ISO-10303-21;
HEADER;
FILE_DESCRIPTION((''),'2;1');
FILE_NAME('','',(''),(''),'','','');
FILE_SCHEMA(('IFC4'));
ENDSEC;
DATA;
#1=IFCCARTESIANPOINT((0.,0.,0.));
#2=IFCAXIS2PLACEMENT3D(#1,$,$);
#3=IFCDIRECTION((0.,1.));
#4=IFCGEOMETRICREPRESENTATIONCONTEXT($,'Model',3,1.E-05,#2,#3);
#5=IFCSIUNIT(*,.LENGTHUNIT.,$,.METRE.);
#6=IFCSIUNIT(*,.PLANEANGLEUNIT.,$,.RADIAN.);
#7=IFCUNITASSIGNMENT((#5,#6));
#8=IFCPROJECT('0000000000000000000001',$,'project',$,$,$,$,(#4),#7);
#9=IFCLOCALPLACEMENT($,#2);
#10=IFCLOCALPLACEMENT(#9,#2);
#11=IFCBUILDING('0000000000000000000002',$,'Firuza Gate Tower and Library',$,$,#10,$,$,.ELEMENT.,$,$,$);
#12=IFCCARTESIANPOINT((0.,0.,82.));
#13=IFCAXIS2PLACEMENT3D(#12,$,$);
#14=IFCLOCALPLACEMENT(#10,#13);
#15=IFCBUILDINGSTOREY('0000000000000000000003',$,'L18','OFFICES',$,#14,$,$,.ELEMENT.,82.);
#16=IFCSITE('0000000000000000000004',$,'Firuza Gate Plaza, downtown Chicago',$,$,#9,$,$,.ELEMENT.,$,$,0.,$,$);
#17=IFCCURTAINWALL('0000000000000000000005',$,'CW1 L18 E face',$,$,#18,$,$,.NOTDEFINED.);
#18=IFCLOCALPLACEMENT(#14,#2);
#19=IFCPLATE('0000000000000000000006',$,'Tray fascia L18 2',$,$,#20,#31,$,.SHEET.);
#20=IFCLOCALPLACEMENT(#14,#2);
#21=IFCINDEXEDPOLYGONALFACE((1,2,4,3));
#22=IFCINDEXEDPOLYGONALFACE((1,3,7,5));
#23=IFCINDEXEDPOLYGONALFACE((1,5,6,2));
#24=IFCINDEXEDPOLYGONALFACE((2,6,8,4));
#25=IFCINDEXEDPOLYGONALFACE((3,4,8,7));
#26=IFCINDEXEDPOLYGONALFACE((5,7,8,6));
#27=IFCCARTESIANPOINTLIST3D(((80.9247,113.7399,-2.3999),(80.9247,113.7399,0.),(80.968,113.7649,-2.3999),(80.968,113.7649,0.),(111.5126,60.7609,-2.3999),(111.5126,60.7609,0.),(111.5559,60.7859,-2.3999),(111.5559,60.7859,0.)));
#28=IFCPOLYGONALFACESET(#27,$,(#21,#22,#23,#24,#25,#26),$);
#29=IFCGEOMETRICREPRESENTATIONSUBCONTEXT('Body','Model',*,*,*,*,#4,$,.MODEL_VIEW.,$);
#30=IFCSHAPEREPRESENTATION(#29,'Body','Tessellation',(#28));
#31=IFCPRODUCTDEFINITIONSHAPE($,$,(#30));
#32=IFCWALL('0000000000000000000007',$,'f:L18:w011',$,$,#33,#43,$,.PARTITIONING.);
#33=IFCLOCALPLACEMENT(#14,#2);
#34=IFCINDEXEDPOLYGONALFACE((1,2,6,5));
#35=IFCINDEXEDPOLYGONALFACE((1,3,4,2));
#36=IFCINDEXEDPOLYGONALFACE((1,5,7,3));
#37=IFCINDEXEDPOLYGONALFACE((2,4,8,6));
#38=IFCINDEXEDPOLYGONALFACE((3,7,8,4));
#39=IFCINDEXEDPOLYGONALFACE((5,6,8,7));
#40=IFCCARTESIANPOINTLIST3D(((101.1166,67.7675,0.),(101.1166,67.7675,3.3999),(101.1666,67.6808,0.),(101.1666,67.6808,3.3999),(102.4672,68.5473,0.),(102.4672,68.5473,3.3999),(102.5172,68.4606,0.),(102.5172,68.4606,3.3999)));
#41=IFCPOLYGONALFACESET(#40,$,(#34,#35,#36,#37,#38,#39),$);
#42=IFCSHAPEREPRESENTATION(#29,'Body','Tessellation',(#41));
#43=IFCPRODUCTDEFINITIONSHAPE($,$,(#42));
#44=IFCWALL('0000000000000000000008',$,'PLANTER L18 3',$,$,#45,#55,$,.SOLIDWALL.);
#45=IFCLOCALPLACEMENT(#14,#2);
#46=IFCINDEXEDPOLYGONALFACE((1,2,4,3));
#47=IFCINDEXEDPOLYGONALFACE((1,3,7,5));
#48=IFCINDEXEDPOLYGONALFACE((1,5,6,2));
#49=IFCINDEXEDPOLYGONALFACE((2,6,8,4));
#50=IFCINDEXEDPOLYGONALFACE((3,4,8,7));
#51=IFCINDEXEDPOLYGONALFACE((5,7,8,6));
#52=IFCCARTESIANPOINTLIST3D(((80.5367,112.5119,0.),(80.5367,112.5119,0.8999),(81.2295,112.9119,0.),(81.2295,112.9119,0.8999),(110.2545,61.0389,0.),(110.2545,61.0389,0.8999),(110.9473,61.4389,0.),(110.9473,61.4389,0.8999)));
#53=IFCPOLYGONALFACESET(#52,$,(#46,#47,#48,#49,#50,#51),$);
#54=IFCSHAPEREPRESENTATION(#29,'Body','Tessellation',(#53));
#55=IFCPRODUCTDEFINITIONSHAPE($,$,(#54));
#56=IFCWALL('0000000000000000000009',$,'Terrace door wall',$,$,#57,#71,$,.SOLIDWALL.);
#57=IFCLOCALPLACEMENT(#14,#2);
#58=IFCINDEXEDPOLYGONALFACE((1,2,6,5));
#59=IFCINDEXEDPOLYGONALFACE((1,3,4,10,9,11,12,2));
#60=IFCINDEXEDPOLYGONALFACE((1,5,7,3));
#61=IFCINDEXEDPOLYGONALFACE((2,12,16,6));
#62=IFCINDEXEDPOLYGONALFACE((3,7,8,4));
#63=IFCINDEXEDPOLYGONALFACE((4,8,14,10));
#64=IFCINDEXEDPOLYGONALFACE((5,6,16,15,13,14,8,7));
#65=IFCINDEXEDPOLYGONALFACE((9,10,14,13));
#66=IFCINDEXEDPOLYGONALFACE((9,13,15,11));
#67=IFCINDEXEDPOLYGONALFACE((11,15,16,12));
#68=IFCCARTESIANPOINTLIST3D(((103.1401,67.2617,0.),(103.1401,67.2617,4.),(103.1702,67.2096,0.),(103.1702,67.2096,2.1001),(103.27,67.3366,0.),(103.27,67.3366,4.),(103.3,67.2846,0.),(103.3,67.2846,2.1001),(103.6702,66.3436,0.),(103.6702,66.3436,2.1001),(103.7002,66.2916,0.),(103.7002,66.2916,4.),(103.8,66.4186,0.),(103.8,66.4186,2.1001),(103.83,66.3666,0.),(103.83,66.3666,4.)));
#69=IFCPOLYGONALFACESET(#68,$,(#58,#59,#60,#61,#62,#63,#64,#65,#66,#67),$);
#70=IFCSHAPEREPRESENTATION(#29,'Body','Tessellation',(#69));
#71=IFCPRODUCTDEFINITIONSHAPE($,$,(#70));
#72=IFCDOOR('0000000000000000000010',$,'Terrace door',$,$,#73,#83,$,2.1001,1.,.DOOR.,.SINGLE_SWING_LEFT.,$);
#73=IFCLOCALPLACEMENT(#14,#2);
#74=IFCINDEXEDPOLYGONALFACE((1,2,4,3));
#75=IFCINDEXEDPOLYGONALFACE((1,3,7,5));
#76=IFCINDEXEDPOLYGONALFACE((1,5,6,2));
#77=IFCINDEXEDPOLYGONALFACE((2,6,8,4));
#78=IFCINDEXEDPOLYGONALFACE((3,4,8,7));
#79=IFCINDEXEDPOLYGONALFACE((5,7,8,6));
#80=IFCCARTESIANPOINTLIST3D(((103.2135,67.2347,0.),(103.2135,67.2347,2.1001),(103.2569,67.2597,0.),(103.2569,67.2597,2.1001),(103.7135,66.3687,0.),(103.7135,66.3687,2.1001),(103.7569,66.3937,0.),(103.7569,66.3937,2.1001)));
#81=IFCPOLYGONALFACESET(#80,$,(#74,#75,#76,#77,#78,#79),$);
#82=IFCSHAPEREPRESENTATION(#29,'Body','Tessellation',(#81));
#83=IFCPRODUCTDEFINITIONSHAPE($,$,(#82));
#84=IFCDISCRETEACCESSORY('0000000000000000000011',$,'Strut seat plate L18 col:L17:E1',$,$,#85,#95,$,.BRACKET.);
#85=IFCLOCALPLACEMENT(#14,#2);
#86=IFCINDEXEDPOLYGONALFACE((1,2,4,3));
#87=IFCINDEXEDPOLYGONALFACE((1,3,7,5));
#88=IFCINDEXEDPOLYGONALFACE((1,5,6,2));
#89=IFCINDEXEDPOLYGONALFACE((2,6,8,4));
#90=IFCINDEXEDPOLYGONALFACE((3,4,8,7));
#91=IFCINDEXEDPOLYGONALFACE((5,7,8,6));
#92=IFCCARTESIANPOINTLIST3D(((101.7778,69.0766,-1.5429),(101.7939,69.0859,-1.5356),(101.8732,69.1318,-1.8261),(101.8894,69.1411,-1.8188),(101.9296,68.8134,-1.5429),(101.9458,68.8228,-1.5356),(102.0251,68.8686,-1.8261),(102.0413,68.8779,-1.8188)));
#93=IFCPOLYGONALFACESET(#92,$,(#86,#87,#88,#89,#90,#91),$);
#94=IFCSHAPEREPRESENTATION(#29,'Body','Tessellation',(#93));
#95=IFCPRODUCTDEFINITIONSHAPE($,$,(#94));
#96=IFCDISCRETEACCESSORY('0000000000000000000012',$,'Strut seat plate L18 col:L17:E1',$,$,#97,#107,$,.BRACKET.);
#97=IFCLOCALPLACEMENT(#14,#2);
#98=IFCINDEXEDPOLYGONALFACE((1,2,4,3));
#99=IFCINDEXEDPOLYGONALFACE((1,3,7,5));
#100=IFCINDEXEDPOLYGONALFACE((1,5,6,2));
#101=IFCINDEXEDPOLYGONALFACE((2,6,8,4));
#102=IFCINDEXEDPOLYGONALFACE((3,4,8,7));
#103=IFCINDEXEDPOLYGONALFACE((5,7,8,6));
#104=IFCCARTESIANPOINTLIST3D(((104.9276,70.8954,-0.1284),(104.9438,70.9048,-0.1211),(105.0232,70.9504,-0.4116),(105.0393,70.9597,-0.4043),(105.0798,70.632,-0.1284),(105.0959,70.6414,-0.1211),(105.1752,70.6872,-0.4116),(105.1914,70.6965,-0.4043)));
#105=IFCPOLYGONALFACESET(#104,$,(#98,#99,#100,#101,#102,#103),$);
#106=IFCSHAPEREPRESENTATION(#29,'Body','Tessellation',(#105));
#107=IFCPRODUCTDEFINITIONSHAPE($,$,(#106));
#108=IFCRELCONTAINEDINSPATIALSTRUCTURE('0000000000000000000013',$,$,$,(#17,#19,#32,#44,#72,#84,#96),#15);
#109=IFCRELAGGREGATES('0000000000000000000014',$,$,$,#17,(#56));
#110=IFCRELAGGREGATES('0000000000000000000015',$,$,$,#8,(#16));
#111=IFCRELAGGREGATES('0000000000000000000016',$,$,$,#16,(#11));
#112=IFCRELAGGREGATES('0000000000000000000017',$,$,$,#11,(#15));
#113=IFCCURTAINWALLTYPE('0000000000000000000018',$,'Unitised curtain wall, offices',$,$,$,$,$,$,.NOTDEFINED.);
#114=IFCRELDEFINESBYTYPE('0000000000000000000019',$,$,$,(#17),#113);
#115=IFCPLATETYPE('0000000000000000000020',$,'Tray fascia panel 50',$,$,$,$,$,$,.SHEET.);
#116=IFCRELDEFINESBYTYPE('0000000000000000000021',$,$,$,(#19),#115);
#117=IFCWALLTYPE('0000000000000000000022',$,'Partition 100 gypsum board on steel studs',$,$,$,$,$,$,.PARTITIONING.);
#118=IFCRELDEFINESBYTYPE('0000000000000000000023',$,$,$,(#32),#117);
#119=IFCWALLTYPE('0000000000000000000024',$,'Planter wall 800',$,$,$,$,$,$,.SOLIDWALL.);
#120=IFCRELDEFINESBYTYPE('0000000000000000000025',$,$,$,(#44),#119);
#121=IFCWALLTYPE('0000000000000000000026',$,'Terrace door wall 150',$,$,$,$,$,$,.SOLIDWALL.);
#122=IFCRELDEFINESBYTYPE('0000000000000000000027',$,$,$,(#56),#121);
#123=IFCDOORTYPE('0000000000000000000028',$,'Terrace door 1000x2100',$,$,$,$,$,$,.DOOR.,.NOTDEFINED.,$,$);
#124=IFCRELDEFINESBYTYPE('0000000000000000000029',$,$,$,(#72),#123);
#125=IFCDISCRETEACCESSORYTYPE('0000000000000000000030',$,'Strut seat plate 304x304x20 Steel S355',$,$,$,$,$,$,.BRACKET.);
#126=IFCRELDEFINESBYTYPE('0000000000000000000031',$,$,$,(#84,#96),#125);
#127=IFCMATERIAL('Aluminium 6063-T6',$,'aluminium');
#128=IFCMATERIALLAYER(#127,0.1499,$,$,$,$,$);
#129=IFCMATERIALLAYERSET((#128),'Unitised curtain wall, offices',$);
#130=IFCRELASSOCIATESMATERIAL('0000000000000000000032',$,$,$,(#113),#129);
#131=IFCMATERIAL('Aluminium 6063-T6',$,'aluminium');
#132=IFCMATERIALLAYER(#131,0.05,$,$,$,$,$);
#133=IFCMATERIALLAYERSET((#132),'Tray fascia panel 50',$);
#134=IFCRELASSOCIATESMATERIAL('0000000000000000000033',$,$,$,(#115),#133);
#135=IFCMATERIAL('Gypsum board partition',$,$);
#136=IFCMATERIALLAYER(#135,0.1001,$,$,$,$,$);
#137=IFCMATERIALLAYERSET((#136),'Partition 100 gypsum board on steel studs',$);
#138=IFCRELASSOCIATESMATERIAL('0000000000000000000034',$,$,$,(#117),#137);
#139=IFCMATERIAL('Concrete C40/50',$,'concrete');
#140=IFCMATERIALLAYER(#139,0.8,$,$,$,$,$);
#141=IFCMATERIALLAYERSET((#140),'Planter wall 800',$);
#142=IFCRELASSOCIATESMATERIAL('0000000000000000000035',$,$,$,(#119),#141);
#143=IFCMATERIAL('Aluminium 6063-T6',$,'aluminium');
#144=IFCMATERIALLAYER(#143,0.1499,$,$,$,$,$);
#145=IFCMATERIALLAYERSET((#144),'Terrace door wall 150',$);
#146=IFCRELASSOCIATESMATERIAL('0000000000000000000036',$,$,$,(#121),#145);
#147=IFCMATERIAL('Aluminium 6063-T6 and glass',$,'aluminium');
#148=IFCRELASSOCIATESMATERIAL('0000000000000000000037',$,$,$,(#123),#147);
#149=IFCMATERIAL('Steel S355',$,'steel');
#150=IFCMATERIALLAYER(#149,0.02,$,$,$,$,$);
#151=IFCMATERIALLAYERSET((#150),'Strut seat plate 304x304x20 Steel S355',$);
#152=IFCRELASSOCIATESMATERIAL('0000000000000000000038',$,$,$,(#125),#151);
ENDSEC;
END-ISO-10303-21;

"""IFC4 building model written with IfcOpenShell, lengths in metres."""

from ifc_helpers import new_model, si_unit, direction, frame, frame_2d, origin, place, context, subcontext, project, spatial, polyline, rectangle, outline, extrude, material, layer, layer_set, type_object, element, fill, aggregate, save


model = new_model("IFC4")

# Units and contexts
model_context = context("Model", 3, precision=1e-05, world=origin(), true_north=direction((0.0, 1.0)))
body_context = subcontext(model_context, "Body", "Model", "MODEL_VIEW")
ifc_project = project(units=[si_unit("LENGTHUNIT", "METRE"), si_unit("PLANEANGLEUNIT", "RADIAN")], contexts=[model_context])

# Site, building, storey
site_placement = place(None, origin())
site = spatial("IfcSite", under=ifc_project, at=site_placement, Name="Firuza Gate Plaza, downtown Chicago", CompositionType="ELEMENT", RefElevation=0.0)
building_placement = place(site_placement, origin())
building = spatial("IfcBuilding", under=site, at=building_placement, Name="Firuza Gate Tower and Library", CompositionType="ELEMENT")
storey_placement = place(building_placement, frame((0.0, 0.0, 82.0)))
storey = spatial("IfcBuildingStorey", under=building, at=storey_placement, Name="L18", Description="OFFICES", CompositionType="ELEMENT", Elevation=82.0)

# Curtain wall
ifc_material_1 = material(Name="Aluminium 6063-T6", Category="aluminium")
ifc_layer_1 = layer(ifc_material_1, 0.1499)
ifc_layer_set_1 = layer_set([ifc_layer_1], Name="Unitised curtain wall, offices")
curtain_wall_type = type_object("IfcCurtainWallType", Name="Unitised curtain wall, offices", PredefinedType="NOTDEFINED", material=ifc_layer_set_1)
curtain_wall_placement = place(storey_placement, origin())
curtain_wall = element("IfcCurtainWall", 1, at=curtain_wall_placement, inside=storey, type_object=curtain_wall_type, Name="CW1 L18 E face", PredefinedType="NOTDEFINED")

# Plate
ifc_material_2 = material(Name="Aluminium 6063-T6", Category="aluminium")
ifc_layer_2 = layer(ifc_material_2, 0.05)
ifc_layer_set_2 = layer_set([ifc_layer_2], Name="Tray fascia panel 50")
plate_type_1 = type_object("IfcPlateType", Name="Tray fascia panel 50", PredefinedType="SHEET", material=ifc_layer_set_2)
plate_1_placement = place(storey_placement, frame((111.5559, 60.7859, -2.3999), z_axis=(0.866022, 0.500005, 0.0), x_axis=(-0.500005, 0.866022, 0.0)))
element("IfcPlate", 2, at=plate_1_placement, inside=storey, type_object=plate_type_1, Name="Tray fascia L18 2", PredefinedType="SHEET", context=body_context, shape_type="SweptSolid", body=[
    extrude(outline(polyline([(0.0, 0.0), (61.1751, 0.0), (61.1751, 2.3999), (0.0, 2.3999), (0.0, 0.0)])), origin(), (0.0, 0.0, -1.0), 0.05),
])

# Walls
ifc_material_3 = material(Name="Gypsum board partition")
ifc_layer_3 = layer(ifc_material_3, 0.1001)
ifc_layer_set_3 = layer_set([ifc_layer_3], Name="Partition 100 gypsum board on steel studs")
wall_type_1 = type_object("IfcWallType", Name="Partition 100 gypsum board on steel studs", PredefinedType="PARTITIONING", material=ifc_layer_set_3)
wall_1_placement = place(storey_placement, frame((101.1416, 67.7241, 0.0), z_axis=(0.0, 0.0, 1.0), x_axis=(0.866019, 0.500012, 0.0)))
element("IfcWall", 3, at=wall_1_placement, inside=storey, type_object=wall_type_1, Name="f:L18:w011", PredefinedType="PARTITIONING", context=body_context, shape_type="SweptSolid", body=[
    extrude(rectangle(XDim=1.5596, YDim=0.1001, at=frame_2d((0.7798, 0.0))), origin(), (0.0, 0.0, 1.0), 3.3999),
])
ifc_material_4 = material(Name="Concrete C40/50", Category="concrete")
ifc_layer_4 = layer(ifc_material_4, 0.8)
ifc_layer_set_4 = layer_set([ifc_layer_4], Name="Planter wall 800")
wall_type_2 = type_object("IfcWallType", Name="Planter wall 800", PredefinedType="SOLIDWALL", material=ifc_layer_set_4)
wall_2_placement = place(storey_placement, frame((110.6008, 61.239, 0.0), z_axis=(0.0, 0.0, 1.0), x_axis=(-0.499998, 0.866026, 0.0)))
element("IfcWall", 4, at=wall_2_placement, inside=storey, type_object=wall_type_2, Name="PLANTER L18 3", PredefinedType="SOLIDWALL", context=body_context, shape_type="SweptSolid", body=[
    extrude(rectangle(XDim=59.4358, YDim=0.8, at=frame_2d((29.7178, 0.0))), origin(), (0.0, 0.0, 1.0), 0.8999),
])

# Wall, opening, door
ifc_material_5 = material(Name="Aluminium 6063-T6", Category="aluminium")
ifc_layer_5 = layer(ifc_material_5, 0.1499)
ifc_layer_set_5 = layer_set([ifc_layer_5], Name="Terrace door wall 150")
wall_type_3 = type_object("IfcWallType", Name="Terrace door wall 150", PredefinedType="SOLIDWALL", material=ifc_layer_set_5)
wall_3_placement = place(storey_placement, frame((103.7651, 66.3291, 0.0), z_axis=(0.0, 0.0, 1.0), x_axis=(-0.500031, 0.866008, 0.0)))
wall_3 = element("IfcWall", 5, at=wall_3_placement, type_object=wall_type_3, Name="Terrace door wall", PredefinedType="SOLIDWALL", context=body_context, shape_type="SweptSolid", body=[
    extrude(rectangle(XDim=1.1201, YDim=0.1499, at=frame_2d((0.5601, 0.0))), origin(), (0.0, 0.0, 1.0), 4.0),
])
opening_placement = place(wall_3_placement, frame((0.0601, 0.0, 0.0)))
opening = element("IfcOpeningElement", 6, at=opening_placement, cuts=wall_3, PredefinedType="OPENING", context=body_context, shape_type="SweptSolid", body=[
    extrude(rectangle(XDim=1.0, YDim=2.1001, at=frame_2d((0.5, 1.05))), frame((0.0, 0.085, 0.0), z_axis=(0.0, -1.0, 0.0), x_axis=(1.0, 0.0, 0.0)), (0.0, 0.0, 1.0), 0.1699),
])
ifc_material_6 = material(Name="Aluminium 6063-T6 and glass", Category="aluminium")
door_type = type_object("IfcDoorType", Name="Terrace door 1000x2100", OperationType="NOTDEFINED", PredefinedType="DOOR", material=ifc_material_6)
door_placement = place(opening_placement, origin())
door = element("IfcDoor", 7, at=door_placement, inside=storey, type_object=door_type, Name="Terrace door", OperationType="SINGLE_SWING_LEFT", OverallHeight=2.1001, OverallWidth=1.0, PredefinedType="DOOR", context=body_context, shape_type="SweptSolid", body=[
    extrude(rectangle(XDim=1.0, YDim=2.1001, at=frame_2d((0.5, 1.05))), frame((0.0, 0.0249, 0.0), z_axis=(0.0, -1.0, 0.0), x_axis=(1.0, 0.0, 0.0)), (0.0, 0.0, 1.0), 0.05),
])
fill(opening, door)
aggregate(curtain_wall, [wall_3])

# Discrete accessories
ifc_material_7 = material(Name="Steel S355", Category="steel")
ifc_layer_6 = layer(ifc_material_7, 0.02)
ifc_layer_set_6 = layer_set([ifc_layer_6], Name="Strut seat plate 304x304x20 Steel S355")
discrete_accessory_type = type_object("IfcDiscreteAccessoryType", Name="Strut seat plate 304x304x20 Steel S355", PredefinedType="BRACKET", material=ifc_layer_set_6)
discrete_accessory_1_placement = place(storey_placement, frame((101.7939, 69.0859, -1.5356), z_axis=(0.807145, 0.465718, 0.362798), x_axis=(0.499769, -0.866159, 0.0)))
element("IfcDiscreteAccessory", 8, at=discrete_accessory_1_placement, inside=storey, type_object=discrete_accessory_type, Name="Strut seat plate L18 col:L17:E1", PredefinedType="BRACKET", context=body_context, shape_type="SweptSolid", body=[
    extrude(outline(polyline([(0.0, 0.0), (0.3039, 0.0), (0.3038, 0.3039), (-0.0001, 0.3039), (0.0, 0.0)])), origin(), (0.0, 0.0, -1.0), 0.02),
])
discrete_accessory_2_placement = place(storey_placement, frame((105.0959, 70.6414, -0.1211), z_axis=(0.806974, 0.466152, 0.362624), x_axis=(-0.500174, 0.865925, -0.000068)))
element("IfcDiscreteAccessory", 9, at=discrete_accessory_2_placement, inside=storey, type_object=discrete_accessory_type, Name="Strut seat plate L18 col:L17:E1", PredefinedType="BRACKET", context=body_context, shape_type="SweptSolid", body=[
    extrude(outline(polyline([(0.0, 0.0), (0.3042, 0.0), (0.304, -0.3039), (0.0001, -0.3039), (0.0, 0.0)])), origin(), (0.0, 0.0, -1.0), 0.02),
])

save(model, "model.ifc")
